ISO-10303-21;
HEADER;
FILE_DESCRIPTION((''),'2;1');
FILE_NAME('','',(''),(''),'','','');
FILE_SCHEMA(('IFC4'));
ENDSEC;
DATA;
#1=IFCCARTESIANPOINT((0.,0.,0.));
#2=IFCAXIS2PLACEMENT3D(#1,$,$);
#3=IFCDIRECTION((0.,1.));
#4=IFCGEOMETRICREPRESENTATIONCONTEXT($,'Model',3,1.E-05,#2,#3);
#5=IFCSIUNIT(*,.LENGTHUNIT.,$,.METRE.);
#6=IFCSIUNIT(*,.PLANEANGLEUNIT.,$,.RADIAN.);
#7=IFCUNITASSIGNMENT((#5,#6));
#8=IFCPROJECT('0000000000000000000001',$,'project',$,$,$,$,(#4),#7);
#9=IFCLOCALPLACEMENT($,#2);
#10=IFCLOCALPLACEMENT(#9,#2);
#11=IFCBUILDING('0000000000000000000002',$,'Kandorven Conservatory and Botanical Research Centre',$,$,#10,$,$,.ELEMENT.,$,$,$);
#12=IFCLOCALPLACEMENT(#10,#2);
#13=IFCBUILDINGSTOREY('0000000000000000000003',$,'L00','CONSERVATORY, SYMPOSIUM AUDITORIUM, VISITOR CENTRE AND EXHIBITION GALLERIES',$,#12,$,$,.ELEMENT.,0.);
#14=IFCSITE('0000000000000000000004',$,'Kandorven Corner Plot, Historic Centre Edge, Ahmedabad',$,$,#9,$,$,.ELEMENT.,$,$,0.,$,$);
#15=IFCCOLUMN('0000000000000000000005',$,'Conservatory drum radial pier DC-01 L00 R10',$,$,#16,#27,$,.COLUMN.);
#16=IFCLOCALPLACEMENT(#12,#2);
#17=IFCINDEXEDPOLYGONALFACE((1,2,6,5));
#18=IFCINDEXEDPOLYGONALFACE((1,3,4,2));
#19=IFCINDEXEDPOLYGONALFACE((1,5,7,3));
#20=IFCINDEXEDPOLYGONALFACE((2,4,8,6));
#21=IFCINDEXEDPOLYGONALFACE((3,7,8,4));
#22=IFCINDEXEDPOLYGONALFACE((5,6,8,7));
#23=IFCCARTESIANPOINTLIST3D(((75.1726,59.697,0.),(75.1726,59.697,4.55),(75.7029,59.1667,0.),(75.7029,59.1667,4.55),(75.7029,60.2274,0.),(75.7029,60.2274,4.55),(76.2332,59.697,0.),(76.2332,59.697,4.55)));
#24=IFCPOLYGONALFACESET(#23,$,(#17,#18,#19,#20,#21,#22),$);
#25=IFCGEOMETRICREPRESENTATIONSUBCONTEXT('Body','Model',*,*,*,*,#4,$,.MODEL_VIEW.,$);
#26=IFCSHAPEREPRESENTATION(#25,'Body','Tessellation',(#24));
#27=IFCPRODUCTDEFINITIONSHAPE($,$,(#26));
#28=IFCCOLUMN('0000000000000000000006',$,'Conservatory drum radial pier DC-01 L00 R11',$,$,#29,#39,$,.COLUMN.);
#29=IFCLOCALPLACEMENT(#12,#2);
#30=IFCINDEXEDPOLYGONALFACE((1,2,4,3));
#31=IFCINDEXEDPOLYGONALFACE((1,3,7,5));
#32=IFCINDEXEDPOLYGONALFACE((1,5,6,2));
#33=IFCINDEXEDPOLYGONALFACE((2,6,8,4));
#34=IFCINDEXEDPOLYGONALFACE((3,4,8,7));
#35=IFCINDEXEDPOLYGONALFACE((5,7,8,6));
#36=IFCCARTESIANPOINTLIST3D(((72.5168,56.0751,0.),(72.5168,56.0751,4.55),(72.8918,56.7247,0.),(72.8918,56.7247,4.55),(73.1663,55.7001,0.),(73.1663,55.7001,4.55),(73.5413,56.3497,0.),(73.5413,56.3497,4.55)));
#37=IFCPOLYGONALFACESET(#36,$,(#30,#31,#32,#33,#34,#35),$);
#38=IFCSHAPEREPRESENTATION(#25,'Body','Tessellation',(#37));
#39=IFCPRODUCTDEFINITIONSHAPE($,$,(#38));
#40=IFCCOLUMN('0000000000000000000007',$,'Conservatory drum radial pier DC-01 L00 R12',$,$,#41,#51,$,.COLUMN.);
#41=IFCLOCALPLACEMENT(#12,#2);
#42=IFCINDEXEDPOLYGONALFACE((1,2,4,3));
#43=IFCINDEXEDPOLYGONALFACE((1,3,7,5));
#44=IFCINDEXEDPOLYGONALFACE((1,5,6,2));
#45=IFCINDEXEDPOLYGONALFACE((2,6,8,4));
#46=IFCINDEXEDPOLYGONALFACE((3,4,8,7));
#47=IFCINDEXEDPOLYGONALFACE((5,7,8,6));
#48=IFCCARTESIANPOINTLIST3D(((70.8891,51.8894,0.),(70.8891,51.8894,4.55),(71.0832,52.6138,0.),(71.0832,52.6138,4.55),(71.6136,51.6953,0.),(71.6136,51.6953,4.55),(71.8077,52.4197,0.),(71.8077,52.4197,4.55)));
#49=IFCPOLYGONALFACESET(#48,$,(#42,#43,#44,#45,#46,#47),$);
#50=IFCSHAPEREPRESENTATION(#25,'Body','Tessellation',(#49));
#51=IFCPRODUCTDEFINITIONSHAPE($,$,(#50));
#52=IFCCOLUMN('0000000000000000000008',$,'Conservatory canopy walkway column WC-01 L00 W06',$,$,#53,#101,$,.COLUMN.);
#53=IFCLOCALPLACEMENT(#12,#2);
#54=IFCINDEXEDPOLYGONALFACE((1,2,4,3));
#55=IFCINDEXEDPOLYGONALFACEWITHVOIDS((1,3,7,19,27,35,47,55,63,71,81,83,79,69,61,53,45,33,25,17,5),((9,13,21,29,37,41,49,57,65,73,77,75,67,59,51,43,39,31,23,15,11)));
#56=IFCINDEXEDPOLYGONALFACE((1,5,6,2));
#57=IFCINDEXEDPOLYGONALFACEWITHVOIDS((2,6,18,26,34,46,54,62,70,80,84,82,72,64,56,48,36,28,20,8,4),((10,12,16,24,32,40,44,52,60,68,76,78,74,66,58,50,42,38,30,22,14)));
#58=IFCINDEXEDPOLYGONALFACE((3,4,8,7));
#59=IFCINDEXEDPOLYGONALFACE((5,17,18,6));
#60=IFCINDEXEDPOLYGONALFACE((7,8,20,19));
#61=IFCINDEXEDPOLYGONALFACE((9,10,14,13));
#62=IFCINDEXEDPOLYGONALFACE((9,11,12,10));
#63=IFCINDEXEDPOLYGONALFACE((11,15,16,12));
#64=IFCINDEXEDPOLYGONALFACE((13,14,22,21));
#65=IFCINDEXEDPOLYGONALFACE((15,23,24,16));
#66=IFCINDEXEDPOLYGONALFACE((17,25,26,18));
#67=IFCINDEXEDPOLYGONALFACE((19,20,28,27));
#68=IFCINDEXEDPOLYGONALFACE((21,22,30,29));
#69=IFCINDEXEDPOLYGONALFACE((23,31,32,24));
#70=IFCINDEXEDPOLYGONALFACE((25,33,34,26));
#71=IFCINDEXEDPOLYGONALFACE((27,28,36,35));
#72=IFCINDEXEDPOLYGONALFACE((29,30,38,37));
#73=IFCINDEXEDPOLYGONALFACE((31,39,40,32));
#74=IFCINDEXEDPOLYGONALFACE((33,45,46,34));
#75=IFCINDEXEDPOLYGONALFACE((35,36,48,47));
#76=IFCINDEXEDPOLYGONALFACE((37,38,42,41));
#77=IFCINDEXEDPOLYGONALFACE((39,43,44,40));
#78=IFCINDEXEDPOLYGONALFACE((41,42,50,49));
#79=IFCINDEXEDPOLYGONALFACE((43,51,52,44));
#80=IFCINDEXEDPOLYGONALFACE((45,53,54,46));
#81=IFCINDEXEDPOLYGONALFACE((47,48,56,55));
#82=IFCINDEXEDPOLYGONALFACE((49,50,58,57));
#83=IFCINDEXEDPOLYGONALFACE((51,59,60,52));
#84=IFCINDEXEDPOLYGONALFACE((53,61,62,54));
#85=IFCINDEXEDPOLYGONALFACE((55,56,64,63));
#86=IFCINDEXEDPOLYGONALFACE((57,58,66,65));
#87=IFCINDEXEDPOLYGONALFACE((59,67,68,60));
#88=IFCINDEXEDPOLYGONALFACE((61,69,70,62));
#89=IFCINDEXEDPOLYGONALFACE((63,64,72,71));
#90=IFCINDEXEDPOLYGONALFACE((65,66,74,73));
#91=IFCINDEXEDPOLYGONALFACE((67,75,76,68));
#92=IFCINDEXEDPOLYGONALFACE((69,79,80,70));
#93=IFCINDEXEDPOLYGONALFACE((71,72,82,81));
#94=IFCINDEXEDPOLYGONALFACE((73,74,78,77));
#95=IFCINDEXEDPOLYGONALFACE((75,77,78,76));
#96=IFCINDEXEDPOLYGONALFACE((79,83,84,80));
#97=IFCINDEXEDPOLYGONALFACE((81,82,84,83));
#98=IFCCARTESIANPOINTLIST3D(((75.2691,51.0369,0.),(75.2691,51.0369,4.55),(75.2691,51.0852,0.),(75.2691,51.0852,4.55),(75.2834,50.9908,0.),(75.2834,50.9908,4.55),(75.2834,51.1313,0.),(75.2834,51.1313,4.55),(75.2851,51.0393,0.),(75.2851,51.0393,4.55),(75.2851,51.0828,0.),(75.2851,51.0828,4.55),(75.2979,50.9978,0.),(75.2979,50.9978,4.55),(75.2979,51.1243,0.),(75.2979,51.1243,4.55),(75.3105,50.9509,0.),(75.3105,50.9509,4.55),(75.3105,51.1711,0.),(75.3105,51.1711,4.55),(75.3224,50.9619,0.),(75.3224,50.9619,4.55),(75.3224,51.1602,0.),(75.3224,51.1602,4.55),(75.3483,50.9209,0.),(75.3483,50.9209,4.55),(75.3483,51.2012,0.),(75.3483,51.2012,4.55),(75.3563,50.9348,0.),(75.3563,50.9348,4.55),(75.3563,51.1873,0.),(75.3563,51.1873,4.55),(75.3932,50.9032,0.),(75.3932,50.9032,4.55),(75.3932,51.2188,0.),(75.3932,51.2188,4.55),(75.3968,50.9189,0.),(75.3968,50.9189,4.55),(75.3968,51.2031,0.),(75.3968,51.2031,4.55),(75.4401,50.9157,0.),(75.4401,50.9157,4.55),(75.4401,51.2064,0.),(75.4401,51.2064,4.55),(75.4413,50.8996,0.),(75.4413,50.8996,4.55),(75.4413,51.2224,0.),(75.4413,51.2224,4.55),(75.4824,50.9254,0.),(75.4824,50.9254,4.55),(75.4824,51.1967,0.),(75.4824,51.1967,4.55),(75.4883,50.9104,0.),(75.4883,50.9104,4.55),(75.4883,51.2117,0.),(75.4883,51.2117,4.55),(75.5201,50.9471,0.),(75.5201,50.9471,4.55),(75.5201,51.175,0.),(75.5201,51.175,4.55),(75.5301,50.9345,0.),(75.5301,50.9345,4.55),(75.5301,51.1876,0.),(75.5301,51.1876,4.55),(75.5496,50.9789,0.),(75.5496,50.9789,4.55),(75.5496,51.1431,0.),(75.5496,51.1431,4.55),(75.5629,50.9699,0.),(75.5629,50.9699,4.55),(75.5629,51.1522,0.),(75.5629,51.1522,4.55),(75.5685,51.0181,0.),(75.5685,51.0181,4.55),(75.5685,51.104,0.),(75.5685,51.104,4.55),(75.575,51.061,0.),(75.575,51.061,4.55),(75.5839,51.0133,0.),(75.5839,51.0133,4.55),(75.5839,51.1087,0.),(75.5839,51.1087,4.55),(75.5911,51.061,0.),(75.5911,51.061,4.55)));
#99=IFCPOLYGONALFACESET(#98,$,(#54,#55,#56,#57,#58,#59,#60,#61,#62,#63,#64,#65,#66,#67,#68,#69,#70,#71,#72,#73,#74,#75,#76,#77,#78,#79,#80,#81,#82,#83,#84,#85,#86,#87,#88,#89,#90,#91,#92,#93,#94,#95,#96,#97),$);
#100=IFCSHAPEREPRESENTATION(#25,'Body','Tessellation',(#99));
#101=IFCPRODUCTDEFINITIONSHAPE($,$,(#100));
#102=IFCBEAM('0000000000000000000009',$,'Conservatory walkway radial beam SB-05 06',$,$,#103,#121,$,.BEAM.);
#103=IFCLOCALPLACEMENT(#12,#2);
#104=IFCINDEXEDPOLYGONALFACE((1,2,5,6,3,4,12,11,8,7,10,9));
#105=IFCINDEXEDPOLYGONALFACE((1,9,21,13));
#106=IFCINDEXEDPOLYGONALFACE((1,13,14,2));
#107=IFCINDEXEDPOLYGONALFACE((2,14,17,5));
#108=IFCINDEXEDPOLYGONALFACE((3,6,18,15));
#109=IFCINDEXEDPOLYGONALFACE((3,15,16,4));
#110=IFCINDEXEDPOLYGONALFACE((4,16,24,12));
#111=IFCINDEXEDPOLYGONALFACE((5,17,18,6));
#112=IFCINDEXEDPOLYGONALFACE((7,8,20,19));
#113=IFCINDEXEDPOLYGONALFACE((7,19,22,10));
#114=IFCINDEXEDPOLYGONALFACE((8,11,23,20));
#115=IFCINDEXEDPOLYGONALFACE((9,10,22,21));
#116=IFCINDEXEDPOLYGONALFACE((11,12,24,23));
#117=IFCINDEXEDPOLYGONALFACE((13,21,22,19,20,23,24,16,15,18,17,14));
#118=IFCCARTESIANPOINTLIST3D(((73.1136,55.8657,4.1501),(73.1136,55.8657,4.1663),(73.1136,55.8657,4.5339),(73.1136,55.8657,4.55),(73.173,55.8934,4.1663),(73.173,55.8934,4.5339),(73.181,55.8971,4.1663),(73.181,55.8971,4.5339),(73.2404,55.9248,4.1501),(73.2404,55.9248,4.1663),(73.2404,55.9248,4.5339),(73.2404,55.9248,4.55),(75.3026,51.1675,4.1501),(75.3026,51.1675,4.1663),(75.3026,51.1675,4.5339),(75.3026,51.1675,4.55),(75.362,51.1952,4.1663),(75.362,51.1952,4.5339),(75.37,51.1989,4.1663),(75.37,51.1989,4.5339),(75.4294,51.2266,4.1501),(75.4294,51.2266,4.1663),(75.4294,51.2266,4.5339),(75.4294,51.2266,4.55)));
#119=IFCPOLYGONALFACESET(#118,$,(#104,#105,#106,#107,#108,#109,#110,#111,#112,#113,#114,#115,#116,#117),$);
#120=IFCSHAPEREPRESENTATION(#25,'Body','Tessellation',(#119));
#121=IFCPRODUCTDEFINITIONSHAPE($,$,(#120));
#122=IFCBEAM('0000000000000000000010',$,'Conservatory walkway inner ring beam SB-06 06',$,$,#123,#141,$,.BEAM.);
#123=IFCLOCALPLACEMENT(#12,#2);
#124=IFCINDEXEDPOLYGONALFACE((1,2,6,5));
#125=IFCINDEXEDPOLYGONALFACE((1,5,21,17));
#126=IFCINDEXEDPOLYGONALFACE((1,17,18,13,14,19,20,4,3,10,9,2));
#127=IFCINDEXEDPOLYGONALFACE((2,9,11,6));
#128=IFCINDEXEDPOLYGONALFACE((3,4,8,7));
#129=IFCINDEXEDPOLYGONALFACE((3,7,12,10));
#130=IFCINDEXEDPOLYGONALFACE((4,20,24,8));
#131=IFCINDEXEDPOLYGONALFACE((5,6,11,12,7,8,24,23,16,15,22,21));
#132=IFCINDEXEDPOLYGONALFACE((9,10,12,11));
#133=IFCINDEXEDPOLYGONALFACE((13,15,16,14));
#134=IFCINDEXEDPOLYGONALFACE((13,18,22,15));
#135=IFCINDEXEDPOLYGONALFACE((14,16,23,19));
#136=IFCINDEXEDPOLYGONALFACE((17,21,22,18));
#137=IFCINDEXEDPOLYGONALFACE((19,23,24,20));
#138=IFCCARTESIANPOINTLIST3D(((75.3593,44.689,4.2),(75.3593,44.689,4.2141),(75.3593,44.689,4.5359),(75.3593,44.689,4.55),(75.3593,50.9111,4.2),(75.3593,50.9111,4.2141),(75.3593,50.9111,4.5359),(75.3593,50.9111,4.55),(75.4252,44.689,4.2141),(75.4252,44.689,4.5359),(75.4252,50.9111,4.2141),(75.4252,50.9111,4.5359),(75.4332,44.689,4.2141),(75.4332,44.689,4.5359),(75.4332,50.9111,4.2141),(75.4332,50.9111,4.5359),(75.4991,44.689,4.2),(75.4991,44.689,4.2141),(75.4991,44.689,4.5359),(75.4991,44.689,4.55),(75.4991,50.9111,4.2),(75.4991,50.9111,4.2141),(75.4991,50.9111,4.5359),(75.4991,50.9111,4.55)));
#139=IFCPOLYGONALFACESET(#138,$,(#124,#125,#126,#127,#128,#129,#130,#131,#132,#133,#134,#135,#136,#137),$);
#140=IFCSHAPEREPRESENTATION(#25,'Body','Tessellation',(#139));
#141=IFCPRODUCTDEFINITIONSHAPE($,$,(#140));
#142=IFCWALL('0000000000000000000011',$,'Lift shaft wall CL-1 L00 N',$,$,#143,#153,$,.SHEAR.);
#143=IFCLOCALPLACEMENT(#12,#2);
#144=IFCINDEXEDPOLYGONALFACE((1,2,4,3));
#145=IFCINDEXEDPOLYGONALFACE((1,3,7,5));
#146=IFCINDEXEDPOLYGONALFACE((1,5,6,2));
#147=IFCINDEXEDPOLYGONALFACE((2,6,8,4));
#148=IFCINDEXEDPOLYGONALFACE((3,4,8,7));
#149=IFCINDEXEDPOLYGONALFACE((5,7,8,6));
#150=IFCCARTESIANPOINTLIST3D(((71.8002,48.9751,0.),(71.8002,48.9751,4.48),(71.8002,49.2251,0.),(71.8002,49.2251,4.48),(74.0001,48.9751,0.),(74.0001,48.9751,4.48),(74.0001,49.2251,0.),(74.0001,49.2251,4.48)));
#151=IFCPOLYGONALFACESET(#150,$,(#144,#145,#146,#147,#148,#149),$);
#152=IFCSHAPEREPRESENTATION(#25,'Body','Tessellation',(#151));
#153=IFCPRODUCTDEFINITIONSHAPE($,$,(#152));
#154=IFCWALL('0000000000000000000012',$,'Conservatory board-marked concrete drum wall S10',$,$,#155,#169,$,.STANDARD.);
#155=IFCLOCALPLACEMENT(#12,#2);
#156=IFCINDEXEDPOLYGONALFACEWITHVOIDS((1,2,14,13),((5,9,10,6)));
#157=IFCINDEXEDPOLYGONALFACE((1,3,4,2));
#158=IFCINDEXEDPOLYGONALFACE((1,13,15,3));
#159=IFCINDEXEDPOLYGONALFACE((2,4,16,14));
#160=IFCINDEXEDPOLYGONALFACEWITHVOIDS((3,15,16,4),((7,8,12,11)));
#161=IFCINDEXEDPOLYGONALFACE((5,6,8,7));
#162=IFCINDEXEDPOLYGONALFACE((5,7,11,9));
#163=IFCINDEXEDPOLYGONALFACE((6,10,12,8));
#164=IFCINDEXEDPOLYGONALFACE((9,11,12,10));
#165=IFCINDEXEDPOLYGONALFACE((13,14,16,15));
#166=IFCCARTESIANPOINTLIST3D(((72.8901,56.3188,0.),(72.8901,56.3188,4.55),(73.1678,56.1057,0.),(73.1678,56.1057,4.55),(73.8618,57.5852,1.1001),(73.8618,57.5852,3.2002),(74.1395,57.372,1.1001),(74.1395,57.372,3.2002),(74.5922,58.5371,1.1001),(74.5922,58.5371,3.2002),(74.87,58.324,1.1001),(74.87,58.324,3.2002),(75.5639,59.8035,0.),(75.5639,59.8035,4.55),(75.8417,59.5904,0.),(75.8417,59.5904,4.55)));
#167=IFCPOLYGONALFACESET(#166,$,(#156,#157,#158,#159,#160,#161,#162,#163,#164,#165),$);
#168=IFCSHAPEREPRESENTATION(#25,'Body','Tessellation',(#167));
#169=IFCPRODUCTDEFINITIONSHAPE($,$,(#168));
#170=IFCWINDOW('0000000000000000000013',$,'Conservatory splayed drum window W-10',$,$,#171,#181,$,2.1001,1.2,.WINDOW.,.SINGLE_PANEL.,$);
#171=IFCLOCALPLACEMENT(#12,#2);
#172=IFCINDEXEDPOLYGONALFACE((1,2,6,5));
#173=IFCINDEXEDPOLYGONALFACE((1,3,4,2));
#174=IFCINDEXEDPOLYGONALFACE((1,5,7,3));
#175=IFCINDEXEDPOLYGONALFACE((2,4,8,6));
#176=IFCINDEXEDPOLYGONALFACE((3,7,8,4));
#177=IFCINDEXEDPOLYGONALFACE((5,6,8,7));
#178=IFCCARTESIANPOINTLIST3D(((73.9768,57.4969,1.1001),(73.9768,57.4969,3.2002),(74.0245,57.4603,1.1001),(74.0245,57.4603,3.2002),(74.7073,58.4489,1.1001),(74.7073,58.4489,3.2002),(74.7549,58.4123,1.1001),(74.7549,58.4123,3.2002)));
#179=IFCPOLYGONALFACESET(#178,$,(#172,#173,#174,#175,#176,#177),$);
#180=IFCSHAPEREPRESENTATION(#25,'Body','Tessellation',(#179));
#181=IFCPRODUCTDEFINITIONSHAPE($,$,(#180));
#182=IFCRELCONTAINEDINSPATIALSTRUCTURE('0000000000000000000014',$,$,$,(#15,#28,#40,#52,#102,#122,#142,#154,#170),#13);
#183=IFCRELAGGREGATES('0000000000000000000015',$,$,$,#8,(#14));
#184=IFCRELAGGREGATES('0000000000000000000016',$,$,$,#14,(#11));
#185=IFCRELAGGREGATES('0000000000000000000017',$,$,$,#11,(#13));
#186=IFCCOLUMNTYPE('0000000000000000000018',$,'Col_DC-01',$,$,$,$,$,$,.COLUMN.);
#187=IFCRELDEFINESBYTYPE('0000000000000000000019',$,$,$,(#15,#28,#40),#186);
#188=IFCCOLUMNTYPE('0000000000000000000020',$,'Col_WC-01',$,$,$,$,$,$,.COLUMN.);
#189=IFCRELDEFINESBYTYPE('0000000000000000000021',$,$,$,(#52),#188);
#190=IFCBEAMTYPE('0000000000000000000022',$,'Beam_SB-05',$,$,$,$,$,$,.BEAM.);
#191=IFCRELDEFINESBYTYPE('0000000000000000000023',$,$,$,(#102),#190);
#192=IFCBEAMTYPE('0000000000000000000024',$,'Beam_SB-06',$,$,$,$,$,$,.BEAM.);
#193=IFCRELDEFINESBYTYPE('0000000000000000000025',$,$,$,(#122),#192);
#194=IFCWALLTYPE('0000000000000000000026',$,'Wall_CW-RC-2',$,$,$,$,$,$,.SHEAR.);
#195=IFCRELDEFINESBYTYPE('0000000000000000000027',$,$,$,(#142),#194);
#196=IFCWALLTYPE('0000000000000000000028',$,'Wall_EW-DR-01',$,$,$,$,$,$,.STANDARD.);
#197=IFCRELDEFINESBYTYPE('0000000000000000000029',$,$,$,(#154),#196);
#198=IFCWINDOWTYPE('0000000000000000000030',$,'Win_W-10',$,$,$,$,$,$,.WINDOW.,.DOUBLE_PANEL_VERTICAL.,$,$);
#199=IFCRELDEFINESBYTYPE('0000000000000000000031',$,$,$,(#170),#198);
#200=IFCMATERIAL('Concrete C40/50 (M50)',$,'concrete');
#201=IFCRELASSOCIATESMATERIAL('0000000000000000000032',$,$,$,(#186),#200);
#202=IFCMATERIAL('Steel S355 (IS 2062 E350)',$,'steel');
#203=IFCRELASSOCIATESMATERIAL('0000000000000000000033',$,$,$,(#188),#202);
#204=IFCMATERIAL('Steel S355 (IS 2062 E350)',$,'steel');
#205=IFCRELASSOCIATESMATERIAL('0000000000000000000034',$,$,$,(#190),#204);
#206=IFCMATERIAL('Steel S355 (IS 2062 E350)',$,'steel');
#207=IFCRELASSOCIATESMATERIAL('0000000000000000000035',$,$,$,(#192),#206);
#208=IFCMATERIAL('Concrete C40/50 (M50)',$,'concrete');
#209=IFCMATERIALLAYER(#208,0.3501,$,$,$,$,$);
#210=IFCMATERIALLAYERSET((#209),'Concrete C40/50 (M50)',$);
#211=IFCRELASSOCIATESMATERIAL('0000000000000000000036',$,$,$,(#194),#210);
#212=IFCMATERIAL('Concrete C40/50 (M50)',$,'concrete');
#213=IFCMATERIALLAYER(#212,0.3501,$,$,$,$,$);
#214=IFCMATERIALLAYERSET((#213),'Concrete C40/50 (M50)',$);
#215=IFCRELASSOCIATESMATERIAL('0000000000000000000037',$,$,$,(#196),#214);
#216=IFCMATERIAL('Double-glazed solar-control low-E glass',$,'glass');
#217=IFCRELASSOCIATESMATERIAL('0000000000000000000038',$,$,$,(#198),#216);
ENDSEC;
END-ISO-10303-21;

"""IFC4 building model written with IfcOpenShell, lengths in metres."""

from ifc_helpers import new_model, si_unit, direction, frame, frame_2d, origin, origin_2d, place, context, subcontext, project, spatial, rectangle, hollow_circle, i_section, extrude, material, layer, layer_set, material_profile, profile_set, type_object, element, fill, save


model = new_model("IFC4")

# Units and contexts
model_context = context("Model", 3, precision=1e-05, world=origin(), true_north=direction((0.0, 1.0)))
body_context = subcontext(model_context, "Body", "Model", "MODEL_VIEW")
ifc_project = project(units=[si_unit("LENGTHUNIT", "METRE"), si_unit("PLANEANGLEUNIT", "RADIAN")], contexts=[model_context])

# Site, building, storey
site_placement = place(None, origin())
site = spatial("IfcSite", under=ifc_project, at=site_placement, Name="Kandorven Corner Plot, Historic Centre Edge, Ahmedabad", CompositionType="ELEMENT", RefElevation=0.0)
building_placement = place(site_placement, origin())
building = spatial("IfcBuilding", under=site, at=building_placement, Name="Kandorven Conservatory and Botanical Research Centre", CompositionType="ELEMENT")
storey_placement = place(building_placement, origin())
storey = spatial("IfcBuildingStorey", under=building, at=storey_placement, Name="L00", Description="CONSERVATORY, SYMPOSIUM AUDITORIUM, VISITOR CENTRE AND EXHIBITION GALLERIES", CompositionType="ELEMENT", Elevation=0.0)

# Columns
ifc_material_1 = material(Name="Concrete C40/50 (M50)", Category="concrete")
ifc_material_profile_1 = material_profile(ifc_material_1, rectangle(XDim=0.75, YDim=0.75, at=origin_2d()))
ifc_profile_set_1 = profile_set([ifc_material_profile_1], Name="Concrete C40/50 (M50)")
column_type_1 = type_object("IfcColumnType", Name="Col_DC-01", PredefinedType="COLUMN", material=ifc_profile_set_1)
for number, where, z_axis, x_axis, name in (
    (1, (75.7029, 59.697, 0.0), (0.0, 0.0, 1.0), (-0.707107, 0.707107, 0.0), "Conservatory drum radial pier DC-01 L00 R10"),
    (2, (73.0291, 56.2124, 0.0), (0.0, 0.0, 1.0), (-0.866025, 0.5, 0.0), "Conservatory drum radial pier DC-01 L00 R11"),
    (3, (71.3484, 52.1545, 0.0), (0.0, 0.0, 1.0), (-0.965926, 0.258819, 0.0), "Conservatory drum radial pier DC-01 L00 R12"),
):
    element("IfcColumn", number, at=place(storey_placement, frame(where, z_axis=z_axis, x_axis=x_axis)), inside=storey, type_object=column_type_1, Name=name, PredefinedType="COLUMN", context=body_context, shape_type="SweptSolid", body=[
        extrude(rectangle(XDim=0.75, YDim=0.75, at=origin_2d()), origin(), (0.0, 0.0, 1.0), 4.55),
    ])
ifc_material_2 = material(Name="Steel S355 (IS 2062 E350)", Category="steel")
ifc_material_profile_2 = material_profile(ifc_material_2, hollow_circle(Radius=0.1619, WallThickness=0.0161, at=origin_2d()))
ifc_profile_set_2 = profile_set([ifc_material_profile_2], Name="Steel S355 (IS 2062 E350)")
column_type_2 = type_object("IfcColumnType", Name="Col_WC-01", PredefinedType="COLUMN", material=ifc_profile_set_2)
column_placement = place(storey_placement, frame((75.4292, 51.061, 0.0), z_axis=(0.0, 0.0, 1.0), x_axis=(1.0, 0.0, 0.0)))
element("IfcColumn", 4, at=column_placement, inside=storey, type_object=column_type_2, Name="Conservatory canopy walkway column WC-01 L00 W06", PredefinedType="COLUMN", context=body_context, shape_type="SweptSolid", body=[
    extrude(hollow_circle(Radius=0.1619, WallThickness=0.0161, at=origin_2d()), origin(), (0.0, 0.0, 1.0), 4.55),
])

# Beams
ifc_material_3 = material(Name="Steel S355 (IS 2062 E350)", Category="steel")
ifc_material_profile_3 = material_profile(ifc_material_3, i_section(OverallWidth=0.1399, OverallDepth=0.3999, WebThickness=0.0088, FlangeThickness=0.0161, at=origin_2d()))
ifc_profile_set_3 = profile_set([ifc_material_profile_3], Name="Steel S355 (IS 2062 E350)")
beam_type_1 = type_object("IfcBeamType", Name="Beam_SB-05", PredefinedType="BEAM", material=ifc_profile_set_3)
beam_1_placement = place(storey_placement, frame((75.366, 51.197, 4.3501), z_axis=(-0.422323, 0.906445, 0.0), x_axis=(-0.906445, -0.422323, 0.0)))
element("IfcBeam", 5, at=beam_1_placement, inside=storey, type_object=beam_type_1, Name="Conservatory walkway radial beam SB-05 06", PredefinedType="BEAM", context=body_context, shape_type="SweptSolid", body=[
    extrude(i_section(OverallWidth=0.1399, OverallDepth=0.3999, WebThickness=0.0088, FlangeThickness=0.0161, at=origin_2d()), origin(), (0.0, 0.0, 1.0), 5.1831),
])
ifc_material_4 = material(Name="Steel S355 (IS 2062 E350)", Category="steel")
ifc_material_profile_4 = material_profile(ifc_material_4, i_section(OverallWidth=0.1399, OverallDepth=0.3501, WebThickness=0.0081, FlangeThickness=0.0142, at=origin_2d()))
ifc_profile_set_4 = profile_set([ifc_material_profile_4], Name="Steel S355 (IS 2062 E350)")
beam_type_2 = type_object("IfcBeamType", Name="Beam_SB-06", PredefinedType="BEAM", material=ifc_profile_set_4)
beam_2_placement = place(storey_placement, frame((75.4292, 50.9111, 4.375), z_axis=(0.0, -1.0, 0.0), x_axis=(1.0, 0.0, 0.0)))
element("IfcBeam", 6, at=beam_2_placement, inside=storey, type_object=beam_type_2, Name="Conservatory walkway inner ring beam SB-06 06", PredefinedType="BEAM", context=body_context, shape_type="SweptSolid", body=[
    extrude(i_section(OverallWidth=0.1399, OverallDepth=0.3501, WebThickness=0.0081, FlangeThickness=0.0142, at=origin_2d()), origin(), (0.0, 0.0, 1.0), 6.2222),
])

# Wall
ifc_material_5 = material(Name="Concrete C40/50 (M50)", Category="concrete")
ifc_layer_1 = layer(ifc_material_5, 0.3501)
ifc_layer_set_1 = layer_set([ifc_layer_1], Name="Concrete C40/50 (M50)")
wall_type_1 = type_object("IfcWallType", Name="Wall_CW-RC-2", PredefinedType="SHEAR", material=ifc_layer_set_1)
wall_1_placement = place(storey_placement, frame((71.8, 49.1001, 0.0), z_axis=(0.0, 0.0, 1.0), x_axis=(1.0, 0.0, 0.0)))
element("IfcWall", 7, at=wall_1_placement, inside=storey, type_object=wall_type_1, Name="Lift shaft wall CL-1 L00 N", PredefinedType="SHEAR", context=body_context, shape_type="SweptSolid", body=[
    extrude(rectangle(XDim=2.2, YDim=0.25, at=frame_2d((1.1001, 0.0))), origin(), (0.0, 0.0, 1.0), 4.48),
])

# Wall, opening, window
ifc_material_6 = material(Name="Concrete C40/50 (M50)", Category="concrete")
ifc_layer_2 = layer(ifc_material_6, 0.3501)
ifc_layer_set_2 = layer_set([ifc_layer_2], Name="Concrete C40/50 (M50)")
wall_type_2 = type_object("IfcWallType", Name="Wall_EW-DR-01", PredefinedType="STANDARD", material=ifc_layer_set_2)
wall_2_placement = place(storey_placement, frame((75.7029, 59.697, 0.0), z_axis=(0.0, 0.0, 1.0), x_axis=(-0.608759, -0.793355, 0.0)))
wall_2 = element("IfcWall", 8, at=wall_2_placement, inside=storey, type_object=wall_type_2, Name="Conservatory board-marked concrete drum wall S10", PredefinedType="STANDARD", context=body_context, shape_type="SweptSolid", body=[
    extrude(rectangle(XDim=4.3923, YDim=0.3501, at=frame_2d((2.1963, 0.0))), origin(), (0.0, 0.0, 1.0), 4.55),
])
opening_1_placement = place(wall_2_placement, frame((1.5962, 0.0, 1.1001)))
opening_1 = element("IfcOpeningElement", 9, at=opening_1_placement, cuts=wall_2, PredefinedType="OPENING", context=body_context, shape_type="SweptSolid", body=[
    extrude(rectangle(XDim=1.2, YDim=2.1001, at=frame_2d((0.6001, 1.05))), frame((0.0, 0.1851, 0.0), z_axis=(0.0, -1.0, 0.0), x_axis=(1.0, 0.0, 0.0)), (0.0, 0.0, 1.0), 0.3701),
])
ifc_material_7 = material(Name="Double-glazed solar-control low-E glass", Category="glass")
window_type_1 = type_object("IfcWindowType", Name="Win_W-10", PartitioningType="DOUBLE_PANEL_VERTICAL", PredefinedType="WINDOW", material=ifc_material_7)
window_1_placement = place(opening_1_placement, origin())
window_1 = element("IfcWindow", 10, at=window_1_placement, inside=storey, type_object=window_type_1, Name="Conservatory splayed drum window W-10", OverallHeight=2.1001, OverallWidth=1.2, PartitioningType="SINGLE_PANEL", PredefinedType="WINDOW", context=body_context, shape_type="SweptSolid", body=[
    extrude(rectangle(XDim=1.2, YDim=2.1001, at=frame_2d((0.6001, 1.05))), frame((0.0, 0.03, 0.0), z_axis=(0.0, -1.0, 0.0), x_axis=(1.0, 0.0, 0.0)), (0.0, 0.0, 1.0), 0.0601),
])
fill(opening_1, window_1)

save(model, "model.ifc")
